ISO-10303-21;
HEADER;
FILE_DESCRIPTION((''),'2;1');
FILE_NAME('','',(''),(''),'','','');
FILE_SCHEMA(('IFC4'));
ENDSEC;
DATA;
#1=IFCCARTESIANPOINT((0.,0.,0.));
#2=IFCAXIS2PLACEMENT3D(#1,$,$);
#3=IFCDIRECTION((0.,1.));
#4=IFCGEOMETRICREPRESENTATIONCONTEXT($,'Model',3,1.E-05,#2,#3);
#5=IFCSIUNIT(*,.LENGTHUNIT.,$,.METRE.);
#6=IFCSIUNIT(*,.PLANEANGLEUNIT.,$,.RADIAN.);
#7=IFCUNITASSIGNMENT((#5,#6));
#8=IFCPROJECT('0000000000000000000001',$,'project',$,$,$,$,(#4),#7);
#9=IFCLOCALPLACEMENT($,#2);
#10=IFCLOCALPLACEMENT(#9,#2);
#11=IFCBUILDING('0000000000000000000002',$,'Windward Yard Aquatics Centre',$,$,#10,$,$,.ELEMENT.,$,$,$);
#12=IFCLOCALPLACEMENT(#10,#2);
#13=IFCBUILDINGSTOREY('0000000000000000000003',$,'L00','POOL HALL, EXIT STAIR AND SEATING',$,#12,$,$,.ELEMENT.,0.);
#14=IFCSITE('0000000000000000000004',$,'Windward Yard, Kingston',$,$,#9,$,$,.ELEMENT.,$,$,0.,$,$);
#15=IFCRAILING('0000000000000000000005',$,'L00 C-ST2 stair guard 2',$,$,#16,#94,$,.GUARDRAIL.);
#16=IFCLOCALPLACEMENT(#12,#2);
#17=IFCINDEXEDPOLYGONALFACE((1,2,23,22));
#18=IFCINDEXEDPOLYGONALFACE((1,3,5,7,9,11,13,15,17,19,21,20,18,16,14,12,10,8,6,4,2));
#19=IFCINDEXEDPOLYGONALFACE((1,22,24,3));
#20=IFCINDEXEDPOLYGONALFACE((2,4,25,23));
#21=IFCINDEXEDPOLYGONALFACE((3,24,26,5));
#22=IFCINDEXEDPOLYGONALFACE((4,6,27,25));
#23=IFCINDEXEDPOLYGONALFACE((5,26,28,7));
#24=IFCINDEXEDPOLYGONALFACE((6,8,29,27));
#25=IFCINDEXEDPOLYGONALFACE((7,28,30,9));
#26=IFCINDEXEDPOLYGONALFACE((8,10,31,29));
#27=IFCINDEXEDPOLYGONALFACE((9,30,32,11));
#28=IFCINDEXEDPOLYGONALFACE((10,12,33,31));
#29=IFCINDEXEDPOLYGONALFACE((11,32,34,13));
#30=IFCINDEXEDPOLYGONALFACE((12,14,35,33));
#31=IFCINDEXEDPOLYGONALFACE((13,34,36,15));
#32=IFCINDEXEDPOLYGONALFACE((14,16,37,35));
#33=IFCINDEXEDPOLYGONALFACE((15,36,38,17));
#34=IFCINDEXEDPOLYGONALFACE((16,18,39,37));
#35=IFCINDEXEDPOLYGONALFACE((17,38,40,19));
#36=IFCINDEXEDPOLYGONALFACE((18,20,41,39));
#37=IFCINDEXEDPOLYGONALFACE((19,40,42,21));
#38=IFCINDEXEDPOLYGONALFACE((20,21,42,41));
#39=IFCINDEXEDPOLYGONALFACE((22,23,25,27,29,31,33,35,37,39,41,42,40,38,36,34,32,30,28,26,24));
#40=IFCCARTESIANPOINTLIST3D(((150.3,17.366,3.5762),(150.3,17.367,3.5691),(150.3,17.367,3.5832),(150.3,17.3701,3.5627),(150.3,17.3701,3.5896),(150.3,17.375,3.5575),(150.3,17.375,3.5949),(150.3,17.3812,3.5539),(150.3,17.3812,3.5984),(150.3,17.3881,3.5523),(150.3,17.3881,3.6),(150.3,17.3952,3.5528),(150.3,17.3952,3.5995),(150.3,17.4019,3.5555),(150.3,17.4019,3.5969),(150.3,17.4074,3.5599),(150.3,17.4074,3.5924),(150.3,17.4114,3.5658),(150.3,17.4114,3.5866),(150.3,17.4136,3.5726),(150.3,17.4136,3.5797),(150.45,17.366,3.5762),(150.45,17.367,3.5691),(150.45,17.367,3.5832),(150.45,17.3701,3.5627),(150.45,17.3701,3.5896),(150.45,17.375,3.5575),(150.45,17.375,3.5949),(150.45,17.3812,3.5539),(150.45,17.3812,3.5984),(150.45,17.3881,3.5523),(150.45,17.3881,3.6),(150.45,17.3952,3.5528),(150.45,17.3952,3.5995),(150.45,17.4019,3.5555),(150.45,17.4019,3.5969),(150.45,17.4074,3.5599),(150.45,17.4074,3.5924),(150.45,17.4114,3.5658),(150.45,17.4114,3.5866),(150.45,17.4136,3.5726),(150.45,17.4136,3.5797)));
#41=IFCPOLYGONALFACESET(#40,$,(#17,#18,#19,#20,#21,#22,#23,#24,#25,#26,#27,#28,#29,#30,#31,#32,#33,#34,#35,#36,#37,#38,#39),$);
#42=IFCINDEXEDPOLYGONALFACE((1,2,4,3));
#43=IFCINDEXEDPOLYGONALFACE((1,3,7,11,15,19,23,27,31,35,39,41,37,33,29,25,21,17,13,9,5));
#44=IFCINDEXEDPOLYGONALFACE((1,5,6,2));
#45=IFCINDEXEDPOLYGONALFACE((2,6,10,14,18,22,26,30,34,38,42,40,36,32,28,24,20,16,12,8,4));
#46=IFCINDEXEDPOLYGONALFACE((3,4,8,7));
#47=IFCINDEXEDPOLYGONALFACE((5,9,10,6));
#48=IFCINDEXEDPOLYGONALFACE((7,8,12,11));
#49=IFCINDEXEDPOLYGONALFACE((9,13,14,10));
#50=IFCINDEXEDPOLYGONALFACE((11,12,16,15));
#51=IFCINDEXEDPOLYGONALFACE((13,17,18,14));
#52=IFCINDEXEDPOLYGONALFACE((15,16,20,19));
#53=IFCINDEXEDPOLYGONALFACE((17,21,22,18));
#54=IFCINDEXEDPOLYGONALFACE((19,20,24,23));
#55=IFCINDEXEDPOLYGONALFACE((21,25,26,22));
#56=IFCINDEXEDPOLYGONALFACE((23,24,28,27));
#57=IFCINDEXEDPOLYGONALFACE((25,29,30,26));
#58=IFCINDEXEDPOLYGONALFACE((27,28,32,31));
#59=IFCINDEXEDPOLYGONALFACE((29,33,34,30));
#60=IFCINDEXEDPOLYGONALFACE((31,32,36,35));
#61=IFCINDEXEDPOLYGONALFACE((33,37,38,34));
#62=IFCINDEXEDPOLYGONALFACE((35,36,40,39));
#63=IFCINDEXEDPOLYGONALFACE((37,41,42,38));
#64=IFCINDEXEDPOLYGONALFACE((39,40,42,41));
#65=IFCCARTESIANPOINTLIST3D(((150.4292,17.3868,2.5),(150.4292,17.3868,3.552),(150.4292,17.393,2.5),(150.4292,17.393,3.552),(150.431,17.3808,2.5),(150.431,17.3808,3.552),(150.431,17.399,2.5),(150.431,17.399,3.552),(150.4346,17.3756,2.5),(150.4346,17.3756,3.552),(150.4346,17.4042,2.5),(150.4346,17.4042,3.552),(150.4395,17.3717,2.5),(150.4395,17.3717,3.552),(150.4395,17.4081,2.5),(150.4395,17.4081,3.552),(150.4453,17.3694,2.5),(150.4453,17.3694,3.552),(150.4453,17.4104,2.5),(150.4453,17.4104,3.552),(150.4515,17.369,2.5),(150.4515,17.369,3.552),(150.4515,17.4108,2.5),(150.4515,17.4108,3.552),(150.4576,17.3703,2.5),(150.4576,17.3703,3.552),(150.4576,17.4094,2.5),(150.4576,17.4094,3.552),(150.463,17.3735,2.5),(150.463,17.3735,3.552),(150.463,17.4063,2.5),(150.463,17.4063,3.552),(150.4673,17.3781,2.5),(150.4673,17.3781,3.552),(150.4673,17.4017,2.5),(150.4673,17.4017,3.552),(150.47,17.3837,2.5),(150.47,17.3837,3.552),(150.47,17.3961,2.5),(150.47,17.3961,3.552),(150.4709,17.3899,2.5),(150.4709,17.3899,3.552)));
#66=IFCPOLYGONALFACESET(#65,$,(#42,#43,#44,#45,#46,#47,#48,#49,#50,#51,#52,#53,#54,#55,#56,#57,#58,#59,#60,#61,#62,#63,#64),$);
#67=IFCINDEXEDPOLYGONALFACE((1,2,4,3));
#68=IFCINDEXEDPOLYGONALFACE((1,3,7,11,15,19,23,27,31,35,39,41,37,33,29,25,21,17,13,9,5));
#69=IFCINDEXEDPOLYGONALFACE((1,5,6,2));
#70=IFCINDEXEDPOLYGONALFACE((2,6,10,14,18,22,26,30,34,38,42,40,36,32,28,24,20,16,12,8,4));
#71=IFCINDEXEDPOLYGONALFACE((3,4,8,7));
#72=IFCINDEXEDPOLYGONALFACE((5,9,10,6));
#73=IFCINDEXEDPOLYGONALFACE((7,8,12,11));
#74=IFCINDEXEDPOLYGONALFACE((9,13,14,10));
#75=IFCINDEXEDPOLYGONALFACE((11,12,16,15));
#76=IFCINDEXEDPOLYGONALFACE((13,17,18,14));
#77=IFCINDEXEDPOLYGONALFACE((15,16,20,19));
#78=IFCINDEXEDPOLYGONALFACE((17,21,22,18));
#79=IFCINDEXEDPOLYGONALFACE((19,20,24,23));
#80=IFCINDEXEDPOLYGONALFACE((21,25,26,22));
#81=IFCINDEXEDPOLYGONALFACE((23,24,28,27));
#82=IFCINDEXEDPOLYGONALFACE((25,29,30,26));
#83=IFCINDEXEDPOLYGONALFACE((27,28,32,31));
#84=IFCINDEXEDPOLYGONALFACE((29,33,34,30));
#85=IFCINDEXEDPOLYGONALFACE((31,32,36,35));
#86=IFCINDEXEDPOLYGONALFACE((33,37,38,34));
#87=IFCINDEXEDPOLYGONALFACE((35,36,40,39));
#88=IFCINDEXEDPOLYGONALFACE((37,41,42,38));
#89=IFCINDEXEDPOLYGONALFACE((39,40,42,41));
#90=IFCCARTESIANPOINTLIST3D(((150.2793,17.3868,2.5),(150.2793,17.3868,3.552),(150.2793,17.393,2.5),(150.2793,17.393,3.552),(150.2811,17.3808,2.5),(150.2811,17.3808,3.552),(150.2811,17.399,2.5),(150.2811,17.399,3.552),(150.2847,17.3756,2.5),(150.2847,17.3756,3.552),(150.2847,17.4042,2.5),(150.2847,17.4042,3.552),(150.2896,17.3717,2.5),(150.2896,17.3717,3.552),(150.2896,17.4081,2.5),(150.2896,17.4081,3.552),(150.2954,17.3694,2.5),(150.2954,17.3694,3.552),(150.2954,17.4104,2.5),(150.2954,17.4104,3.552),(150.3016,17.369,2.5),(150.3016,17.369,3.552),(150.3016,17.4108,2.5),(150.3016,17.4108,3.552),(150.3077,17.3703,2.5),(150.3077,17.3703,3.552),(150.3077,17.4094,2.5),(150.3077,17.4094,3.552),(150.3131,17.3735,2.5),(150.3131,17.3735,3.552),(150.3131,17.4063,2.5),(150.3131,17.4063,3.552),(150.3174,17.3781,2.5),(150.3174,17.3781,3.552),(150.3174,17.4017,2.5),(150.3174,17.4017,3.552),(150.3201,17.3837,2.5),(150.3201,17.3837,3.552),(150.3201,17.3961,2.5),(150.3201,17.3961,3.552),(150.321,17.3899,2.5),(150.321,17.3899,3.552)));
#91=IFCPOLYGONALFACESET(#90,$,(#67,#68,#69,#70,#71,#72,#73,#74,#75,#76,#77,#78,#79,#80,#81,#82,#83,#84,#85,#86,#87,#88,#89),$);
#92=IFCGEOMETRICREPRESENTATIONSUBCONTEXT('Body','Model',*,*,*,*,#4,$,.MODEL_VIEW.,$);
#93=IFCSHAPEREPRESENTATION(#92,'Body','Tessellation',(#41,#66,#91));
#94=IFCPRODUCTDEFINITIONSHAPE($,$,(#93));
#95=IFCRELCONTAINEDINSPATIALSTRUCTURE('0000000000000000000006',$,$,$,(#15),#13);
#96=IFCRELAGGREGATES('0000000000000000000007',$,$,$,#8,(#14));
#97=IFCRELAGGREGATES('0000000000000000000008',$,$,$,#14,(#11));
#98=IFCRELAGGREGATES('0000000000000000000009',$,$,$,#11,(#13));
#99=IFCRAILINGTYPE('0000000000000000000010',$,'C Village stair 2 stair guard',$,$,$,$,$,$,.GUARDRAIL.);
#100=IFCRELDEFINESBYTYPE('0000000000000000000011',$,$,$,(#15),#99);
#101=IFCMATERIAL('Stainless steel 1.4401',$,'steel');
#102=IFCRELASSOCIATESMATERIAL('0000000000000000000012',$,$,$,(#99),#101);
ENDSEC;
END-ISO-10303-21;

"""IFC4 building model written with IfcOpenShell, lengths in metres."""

from ifc_helpers import new_model, si_unit, direction, frame, origin, origin_2d, place, context, subcontext, project, spatial, circle, extrude, material, type_object, element, save


model = new_model("IFC4")

# Units and contexts
model_context = context("Model", 3, precision=1e-05, world=origin(), true_north=direction((0.0, 1.0)))
body_context = subcontext(model_context, "Body", "Model", "MODEL_VIEW")
ifc_project = project(units=[si_unit("LENGTHUNIT", "METRE"), si_unit("PLANEANGLEUNIT", "RADIAN")], contexts=[model_context])

# Site, building, storey
site_placement = place(None, origin())
site = spatial("IfcSite", under=ifc_project, at=site_placement, Name="Windward Yard, Kingston", CompositionType="ELEMENT", RefElevation=0.0)
building_placement = place(site_placement, origin())
building = spatial("IfcBuilding", under=site, at=building_placement, Name="Windward Yard Aquatics Centre", CompositionType="ELEMENT")
storey_placement = place(building_placement, origin())
storey = spatial("IfcBuildingStorey", under=building, at=storey_placement, Name="L00", Description="POOL HALL, EXIT STAIR AND SEATING", CompositionType="ELEMENT", Elevation=0.0)

# Railing
ifc_material_1 = material(Name="Stainless steel 1.4401", Category="steel")
railing_type_1 = type_object("IfcRailingType", Name="C Village stair 2 stair guard", PredefinedType="GUARDRAIL", material=ifc_material_1)
railing_1_placement = place(storey_placement, frame((150.45, 17.3899, 2.5)))
element("IfcRailing", 1, at=railing_1_placement, inside=storey, type_object=railing_type_1, Name="L00 C-ST2 stair guard 2", PredefinedType="GUARDRAIL", context=body_context, shape_type="SweptSolid", body=[
    extrude(circle(Radius=0.0239, at=origin_2d()), frame((0.0, 0.0, 1.0762), z_axis=(-1.0, 0.0, 0.0), x_axis=(0.0, -1.0, 0.0)), (0.0, 0.0, 1.0), 0.1499),
    extrude(circle(Radius=0.021, at=origin_2d()), origin(), (0.0, 0.0, 1.0), 1.052),
    extrude(circle(Radius=0.021, at=origin_2d()), frame((-0.1499, 0.0, 0.0)), (0.0, 0.0, 1.0), 1.052),
])

save(model, "model.ifc")
